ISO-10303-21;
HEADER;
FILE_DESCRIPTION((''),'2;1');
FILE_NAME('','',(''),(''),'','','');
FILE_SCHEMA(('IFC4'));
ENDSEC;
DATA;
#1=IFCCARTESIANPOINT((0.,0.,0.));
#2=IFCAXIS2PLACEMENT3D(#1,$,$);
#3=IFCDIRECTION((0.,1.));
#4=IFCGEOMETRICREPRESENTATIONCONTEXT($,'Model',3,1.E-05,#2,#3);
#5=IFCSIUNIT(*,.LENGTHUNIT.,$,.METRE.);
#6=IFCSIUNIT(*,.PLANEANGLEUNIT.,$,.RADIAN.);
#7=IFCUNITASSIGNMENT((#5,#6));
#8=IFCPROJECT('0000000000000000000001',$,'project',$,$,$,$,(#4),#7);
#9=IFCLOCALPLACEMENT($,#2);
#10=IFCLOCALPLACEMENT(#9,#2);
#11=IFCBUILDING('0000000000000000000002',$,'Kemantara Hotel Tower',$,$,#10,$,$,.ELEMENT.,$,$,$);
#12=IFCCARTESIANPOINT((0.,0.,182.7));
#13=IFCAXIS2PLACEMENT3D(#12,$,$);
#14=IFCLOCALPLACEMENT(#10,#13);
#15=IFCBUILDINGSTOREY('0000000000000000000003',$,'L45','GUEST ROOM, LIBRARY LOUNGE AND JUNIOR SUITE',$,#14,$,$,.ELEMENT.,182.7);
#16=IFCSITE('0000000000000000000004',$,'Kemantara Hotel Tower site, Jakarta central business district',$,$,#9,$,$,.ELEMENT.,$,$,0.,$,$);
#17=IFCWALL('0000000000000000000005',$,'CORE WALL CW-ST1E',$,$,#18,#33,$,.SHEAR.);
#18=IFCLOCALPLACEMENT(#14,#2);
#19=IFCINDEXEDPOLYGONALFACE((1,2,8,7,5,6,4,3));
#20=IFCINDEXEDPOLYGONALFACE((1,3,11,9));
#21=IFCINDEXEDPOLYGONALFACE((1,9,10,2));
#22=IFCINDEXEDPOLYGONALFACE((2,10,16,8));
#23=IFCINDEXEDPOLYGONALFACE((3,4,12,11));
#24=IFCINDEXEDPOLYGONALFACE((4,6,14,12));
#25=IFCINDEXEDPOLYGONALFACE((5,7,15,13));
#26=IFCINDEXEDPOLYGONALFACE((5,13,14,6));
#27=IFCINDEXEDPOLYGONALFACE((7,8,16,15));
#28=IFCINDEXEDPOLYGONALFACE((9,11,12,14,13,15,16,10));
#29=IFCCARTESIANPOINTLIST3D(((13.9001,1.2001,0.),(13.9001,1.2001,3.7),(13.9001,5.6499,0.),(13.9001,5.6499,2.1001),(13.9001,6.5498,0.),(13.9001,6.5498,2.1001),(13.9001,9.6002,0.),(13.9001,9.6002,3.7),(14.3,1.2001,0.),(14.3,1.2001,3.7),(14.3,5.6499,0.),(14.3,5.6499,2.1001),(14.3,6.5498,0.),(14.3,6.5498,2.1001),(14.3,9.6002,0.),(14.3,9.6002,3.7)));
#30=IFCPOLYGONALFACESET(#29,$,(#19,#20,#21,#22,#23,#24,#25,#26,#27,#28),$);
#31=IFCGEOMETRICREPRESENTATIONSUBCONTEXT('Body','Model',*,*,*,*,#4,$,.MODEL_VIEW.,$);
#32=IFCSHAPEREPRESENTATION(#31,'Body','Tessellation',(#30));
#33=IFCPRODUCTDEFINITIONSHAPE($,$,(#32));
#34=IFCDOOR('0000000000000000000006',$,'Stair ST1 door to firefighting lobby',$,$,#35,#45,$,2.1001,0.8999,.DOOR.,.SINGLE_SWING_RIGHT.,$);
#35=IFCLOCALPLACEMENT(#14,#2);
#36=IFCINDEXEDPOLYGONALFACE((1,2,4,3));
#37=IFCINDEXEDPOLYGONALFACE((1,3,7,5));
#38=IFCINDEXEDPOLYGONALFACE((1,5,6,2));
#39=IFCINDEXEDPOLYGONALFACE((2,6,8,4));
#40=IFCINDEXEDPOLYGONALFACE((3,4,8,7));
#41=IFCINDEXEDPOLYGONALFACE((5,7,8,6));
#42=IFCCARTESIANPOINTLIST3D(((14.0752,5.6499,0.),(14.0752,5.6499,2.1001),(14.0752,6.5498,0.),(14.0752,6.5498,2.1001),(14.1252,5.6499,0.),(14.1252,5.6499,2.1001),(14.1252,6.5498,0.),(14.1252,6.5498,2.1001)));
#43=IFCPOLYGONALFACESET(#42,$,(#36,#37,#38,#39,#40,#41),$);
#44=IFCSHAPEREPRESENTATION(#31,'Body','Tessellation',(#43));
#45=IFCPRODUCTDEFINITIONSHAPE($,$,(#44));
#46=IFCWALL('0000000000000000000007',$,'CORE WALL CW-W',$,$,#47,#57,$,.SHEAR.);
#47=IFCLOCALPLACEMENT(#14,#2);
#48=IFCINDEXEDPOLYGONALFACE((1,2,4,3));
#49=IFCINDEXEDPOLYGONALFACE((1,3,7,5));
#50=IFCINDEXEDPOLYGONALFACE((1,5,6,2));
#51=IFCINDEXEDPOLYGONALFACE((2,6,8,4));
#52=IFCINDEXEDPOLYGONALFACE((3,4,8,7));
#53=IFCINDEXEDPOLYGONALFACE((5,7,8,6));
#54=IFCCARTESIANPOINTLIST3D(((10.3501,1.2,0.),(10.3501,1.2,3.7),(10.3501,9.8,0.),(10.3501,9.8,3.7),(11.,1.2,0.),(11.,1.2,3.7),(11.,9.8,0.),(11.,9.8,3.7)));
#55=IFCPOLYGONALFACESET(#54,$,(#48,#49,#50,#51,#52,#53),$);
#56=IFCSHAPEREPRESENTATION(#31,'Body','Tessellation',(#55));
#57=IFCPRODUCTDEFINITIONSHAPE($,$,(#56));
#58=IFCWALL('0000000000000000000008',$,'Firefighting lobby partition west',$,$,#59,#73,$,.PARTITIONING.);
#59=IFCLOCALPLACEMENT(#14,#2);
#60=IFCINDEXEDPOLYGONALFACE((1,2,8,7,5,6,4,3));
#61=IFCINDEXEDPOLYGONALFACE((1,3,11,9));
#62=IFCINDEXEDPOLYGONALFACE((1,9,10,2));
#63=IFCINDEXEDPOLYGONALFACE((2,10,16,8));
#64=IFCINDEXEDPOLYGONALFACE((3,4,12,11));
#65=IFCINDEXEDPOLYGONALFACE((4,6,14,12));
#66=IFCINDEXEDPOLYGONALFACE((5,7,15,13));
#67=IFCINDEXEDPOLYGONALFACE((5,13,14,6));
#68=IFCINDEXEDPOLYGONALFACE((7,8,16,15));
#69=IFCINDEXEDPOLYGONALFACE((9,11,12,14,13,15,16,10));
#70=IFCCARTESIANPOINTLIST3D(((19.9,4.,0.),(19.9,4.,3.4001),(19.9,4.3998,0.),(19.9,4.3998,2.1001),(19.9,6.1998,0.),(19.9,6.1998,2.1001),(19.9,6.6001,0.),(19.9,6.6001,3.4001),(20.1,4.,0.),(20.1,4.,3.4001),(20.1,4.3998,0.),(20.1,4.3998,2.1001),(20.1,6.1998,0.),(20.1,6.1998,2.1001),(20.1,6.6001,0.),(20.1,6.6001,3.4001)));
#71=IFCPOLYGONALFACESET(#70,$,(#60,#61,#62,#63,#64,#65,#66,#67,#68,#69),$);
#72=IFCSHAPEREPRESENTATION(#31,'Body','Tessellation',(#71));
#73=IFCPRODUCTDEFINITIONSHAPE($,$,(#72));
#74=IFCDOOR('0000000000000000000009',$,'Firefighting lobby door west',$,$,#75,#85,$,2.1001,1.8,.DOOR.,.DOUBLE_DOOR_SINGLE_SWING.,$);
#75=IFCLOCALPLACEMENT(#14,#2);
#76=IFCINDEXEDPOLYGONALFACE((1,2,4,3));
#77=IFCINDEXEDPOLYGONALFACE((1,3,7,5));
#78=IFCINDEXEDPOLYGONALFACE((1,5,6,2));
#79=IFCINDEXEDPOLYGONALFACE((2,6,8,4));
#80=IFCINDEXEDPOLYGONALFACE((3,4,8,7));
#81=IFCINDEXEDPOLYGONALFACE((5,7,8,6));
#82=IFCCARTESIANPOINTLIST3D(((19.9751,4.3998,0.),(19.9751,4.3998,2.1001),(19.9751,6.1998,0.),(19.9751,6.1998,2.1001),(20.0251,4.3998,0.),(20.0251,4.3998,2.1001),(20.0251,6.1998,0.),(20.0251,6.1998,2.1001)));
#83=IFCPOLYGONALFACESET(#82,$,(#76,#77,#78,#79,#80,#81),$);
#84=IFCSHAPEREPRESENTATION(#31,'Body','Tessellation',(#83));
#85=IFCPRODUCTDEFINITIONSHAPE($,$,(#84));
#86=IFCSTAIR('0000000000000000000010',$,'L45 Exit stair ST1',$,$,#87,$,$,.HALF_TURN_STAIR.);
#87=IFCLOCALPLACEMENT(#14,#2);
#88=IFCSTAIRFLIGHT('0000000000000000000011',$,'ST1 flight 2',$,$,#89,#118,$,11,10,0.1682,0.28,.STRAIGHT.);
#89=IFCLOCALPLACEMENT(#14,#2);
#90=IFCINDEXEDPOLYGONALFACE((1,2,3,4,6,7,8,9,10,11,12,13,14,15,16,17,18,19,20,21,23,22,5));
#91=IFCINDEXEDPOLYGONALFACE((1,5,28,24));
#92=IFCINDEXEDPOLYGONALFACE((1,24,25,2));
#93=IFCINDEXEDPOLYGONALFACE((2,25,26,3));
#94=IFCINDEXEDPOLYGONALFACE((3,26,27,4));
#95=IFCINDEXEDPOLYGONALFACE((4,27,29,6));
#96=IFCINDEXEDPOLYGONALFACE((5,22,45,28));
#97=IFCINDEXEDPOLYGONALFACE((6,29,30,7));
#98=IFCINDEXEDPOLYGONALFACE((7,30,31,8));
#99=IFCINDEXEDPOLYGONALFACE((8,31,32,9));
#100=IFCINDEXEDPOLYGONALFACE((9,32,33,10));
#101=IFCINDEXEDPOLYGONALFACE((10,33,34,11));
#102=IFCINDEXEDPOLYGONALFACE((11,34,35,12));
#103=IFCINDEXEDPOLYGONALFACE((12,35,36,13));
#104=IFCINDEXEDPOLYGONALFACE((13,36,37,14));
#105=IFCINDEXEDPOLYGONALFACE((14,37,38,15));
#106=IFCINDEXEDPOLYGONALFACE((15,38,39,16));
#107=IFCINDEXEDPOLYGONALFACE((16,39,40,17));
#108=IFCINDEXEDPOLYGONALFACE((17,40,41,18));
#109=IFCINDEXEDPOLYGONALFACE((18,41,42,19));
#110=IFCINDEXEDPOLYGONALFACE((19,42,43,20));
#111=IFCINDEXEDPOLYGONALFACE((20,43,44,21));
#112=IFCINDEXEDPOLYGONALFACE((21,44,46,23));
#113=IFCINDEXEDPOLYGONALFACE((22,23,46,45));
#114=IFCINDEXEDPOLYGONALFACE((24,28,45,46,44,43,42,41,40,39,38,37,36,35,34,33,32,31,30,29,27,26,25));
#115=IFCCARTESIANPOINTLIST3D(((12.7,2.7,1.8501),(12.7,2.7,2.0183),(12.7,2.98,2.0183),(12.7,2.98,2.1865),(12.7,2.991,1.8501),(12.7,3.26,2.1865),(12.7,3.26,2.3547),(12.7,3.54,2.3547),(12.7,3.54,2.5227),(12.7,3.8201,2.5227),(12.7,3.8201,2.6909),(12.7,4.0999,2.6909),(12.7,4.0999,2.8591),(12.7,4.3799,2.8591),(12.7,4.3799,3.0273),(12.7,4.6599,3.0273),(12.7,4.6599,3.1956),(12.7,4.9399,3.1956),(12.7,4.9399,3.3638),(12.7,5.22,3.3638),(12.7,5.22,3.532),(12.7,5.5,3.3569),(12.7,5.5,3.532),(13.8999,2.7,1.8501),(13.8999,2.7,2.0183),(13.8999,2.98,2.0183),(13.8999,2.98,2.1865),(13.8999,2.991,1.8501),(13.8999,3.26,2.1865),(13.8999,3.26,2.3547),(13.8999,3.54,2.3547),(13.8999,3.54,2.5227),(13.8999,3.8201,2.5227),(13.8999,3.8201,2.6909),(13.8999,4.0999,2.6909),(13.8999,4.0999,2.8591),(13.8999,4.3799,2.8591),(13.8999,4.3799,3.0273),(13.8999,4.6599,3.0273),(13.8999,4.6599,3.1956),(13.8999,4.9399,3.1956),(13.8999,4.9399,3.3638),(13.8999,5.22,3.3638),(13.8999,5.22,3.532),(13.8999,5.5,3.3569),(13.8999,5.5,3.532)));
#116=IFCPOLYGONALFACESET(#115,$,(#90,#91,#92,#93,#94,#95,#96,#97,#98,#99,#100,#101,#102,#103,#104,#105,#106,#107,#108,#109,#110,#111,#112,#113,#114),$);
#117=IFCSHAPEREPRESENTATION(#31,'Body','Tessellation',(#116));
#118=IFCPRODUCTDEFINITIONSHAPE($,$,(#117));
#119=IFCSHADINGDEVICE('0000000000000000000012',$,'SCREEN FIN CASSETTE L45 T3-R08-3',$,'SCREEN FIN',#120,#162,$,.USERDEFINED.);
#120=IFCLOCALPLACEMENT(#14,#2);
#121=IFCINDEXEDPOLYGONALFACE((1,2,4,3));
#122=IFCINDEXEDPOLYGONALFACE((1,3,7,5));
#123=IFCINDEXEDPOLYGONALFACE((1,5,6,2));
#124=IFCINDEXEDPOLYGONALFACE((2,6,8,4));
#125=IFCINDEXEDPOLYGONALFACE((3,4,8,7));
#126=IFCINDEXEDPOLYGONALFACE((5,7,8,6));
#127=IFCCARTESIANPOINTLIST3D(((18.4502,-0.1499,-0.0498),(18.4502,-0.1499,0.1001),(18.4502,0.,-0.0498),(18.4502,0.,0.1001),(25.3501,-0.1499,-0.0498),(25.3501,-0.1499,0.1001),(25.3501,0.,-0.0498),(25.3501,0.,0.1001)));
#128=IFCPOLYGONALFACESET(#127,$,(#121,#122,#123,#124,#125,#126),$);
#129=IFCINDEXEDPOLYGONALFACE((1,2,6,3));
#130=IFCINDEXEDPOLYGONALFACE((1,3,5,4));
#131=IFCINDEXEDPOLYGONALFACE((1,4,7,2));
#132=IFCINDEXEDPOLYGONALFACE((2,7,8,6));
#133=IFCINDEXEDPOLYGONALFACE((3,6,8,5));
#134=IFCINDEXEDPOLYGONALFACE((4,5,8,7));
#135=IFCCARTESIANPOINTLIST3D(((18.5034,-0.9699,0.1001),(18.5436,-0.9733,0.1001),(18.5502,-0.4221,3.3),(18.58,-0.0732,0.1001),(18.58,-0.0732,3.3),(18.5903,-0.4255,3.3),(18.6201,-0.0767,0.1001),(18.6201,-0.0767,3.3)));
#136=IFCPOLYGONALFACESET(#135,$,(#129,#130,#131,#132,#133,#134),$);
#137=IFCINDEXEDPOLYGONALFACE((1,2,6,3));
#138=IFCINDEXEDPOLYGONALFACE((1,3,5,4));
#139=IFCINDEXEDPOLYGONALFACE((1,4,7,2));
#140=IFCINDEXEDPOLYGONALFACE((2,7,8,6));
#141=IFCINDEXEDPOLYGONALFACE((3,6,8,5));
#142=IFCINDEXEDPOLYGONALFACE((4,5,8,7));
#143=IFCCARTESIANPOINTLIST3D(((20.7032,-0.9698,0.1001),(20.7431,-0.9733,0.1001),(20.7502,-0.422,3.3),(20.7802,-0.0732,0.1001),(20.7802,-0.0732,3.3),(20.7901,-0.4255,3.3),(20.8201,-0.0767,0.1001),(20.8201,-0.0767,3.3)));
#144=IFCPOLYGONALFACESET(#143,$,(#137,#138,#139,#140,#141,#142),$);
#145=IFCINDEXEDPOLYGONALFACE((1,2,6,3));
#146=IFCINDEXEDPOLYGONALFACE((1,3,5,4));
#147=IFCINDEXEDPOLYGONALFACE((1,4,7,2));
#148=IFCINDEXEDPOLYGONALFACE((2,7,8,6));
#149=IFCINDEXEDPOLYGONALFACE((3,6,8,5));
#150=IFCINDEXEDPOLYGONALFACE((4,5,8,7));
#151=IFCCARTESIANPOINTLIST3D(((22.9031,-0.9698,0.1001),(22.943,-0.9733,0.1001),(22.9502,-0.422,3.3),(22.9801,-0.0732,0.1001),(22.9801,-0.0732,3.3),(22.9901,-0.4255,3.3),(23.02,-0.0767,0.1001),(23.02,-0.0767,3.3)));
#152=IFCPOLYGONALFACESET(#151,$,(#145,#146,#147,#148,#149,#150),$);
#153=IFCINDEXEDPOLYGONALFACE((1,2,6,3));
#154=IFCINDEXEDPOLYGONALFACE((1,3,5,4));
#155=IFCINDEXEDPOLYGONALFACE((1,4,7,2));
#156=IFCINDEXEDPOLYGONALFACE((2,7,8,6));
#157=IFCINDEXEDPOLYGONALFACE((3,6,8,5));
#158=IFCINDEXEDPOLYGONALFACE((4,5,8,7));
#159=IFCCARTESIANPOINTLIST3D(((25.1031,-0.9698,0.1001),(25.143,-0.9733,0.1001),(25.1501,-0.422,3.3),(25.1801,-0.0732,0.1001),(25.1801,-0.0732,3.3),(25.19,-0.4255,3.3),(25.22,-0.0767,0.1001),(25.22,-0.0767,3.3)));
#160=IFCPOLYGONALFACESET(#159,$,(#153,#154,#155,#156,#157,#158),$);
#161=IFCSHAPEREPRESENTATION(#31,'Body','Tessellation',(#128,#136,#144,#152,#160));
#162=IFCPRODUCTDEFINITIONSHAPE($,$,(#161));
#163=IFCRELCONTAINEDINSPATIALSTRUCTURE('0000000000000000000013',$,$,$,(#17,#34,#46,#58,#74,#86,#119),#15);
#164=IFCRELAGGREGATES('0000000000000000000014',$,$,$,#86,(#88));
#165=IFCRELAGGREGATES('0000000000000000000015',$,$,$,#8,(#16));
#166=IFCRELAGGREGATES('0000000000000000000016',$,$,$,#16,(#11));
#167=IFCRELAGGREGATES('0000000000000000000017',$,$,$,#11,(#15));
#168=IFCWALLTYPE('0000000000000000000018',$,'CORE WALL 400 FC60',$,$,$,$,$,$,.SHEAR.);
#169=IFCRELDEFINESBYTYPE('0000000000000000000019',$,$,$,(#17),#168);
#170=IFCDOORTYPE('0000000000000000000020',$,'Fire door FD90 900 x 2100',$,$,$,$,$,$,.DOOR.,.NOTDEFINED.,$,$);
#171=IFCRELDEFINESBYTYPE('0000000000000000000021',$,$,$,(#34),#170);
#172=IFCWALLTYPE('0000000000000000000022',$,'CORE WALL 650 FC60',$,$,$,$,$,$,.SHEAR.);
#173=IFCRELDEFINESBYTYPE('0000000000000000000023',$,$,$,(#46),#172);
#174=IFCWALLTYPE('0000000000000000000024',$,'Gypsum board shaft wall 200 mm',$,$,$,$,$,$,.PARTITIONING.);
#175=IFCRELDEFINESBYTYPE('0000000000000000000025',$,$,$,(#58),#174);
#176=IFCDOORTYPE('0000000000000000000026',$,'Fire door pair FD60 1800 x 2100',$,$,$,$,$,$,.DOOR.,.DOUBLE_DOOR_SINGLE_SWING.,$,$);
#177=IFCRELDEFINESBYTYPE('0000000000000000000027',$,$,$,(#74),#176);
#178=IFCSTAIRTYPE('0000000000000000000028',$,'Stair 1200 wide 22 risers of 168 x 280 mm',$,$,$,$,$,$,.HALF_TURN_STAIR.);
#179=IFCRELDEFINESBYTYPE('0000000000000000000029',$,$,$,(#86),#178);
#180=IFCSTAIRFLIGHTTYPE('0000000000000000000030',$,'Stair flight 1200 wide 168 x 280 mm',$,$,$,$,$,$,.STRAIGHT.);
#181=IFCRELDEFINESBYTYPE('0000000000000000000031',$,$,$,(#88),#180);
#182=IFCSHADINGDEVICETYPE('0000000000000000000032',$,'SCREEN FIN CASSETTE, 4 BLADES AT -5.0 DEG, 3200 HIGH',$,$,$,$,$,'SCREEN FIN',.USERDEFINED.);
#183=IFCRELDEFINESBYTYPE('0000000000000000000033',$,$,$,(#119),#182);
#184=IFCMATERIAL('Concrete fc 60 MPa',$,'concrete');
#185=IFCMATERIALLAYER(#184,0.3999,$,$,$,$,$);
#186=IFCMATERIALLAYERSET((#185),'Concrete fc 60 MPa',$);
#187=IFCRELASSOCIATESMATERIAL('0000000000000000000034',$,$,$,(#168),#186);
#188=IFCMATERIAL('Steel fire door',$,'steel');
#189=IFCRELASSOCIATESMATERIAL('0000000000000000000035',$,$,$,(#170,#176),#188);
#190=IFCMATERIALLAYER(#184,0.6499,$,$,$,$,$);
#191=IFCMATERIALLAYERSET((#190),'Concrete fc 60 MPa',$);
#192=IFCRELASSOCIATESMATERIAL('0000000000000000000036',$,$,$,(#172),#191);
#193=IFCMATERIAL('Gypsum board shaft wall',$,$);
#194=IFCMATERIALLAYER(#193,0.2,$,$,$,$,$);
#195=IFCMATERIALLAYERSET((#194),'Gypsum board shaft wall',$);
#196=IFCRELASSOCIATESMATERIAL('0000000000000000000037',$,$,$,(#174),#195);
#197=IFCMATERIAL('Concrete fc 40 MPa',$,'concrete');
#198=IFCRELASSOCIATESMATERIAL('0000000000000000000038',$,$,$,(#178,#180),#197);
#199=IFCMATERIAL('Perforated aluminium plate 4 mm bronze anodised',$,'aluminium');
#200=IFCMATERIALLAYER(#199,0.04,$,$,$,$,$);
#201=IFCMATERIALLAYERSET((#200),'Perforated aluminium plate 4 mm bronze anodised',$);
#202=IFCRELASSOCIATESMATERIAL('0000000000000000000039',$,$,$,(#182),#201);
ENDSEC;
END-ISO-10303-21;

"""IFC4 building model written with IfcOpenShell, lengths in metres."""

from ifc_helpers import new_model, si_unit, direction, frame, frame_2d, origin, origin_2d, place, context, subcontext, project, spatial, polyline, rectangle, outline, extrude, source, transform, mapped, material, layer, layer_set, type_object, element, fill, aggregate, save


model = new_model("IFC4")

# Units and contexts
model_context = context("Model", 3, precision=1e-05, world=origin(), true_north=direction((0.0, 1.0)))
body_context = subcontext(model_context, "Body", "Model", "MODEL_VIEW")
ifc_project = project(units=[si_unit("LENGTHUNIT", "METRE"), si_unit("PLANEANGLEUNIT", "RADIAN")], contexts=[model_context])

# Site, building, storey
site_placement = place(None, origin())
site = spatial("IfcSite", under=ifc_project, at=site_placement, Name="Kemantara Hotel Tower site, Jakarta central business district", CompositionType="ELEMENT", RefElevation=0.0)
building_placement = place(site_placement, origin())
building = spatial("IfcBuilding", under=site, at=building_placement, Name="Kemantara Hotel Tower", CompositionType="ELEMENT")
storey_placement = place(building_placement, frame((0.0, 0.0, 182.7)))
storey = spatial("IfcBuildingStorey", under=building, at=storey_placement, Name="L45", Description="GUEST ROOM, LIBRARY LOUNGE AND JUNIOR SUITE", CompositionType="ELEMENT", Elevation=182.7)

# Shared definitions
ifc_material_1 = material(Name="Concrete fc 60 MPa", Category="concrete")

# Shared definitions
ifc_layer_1 = layer(ifc_material_1, 0.3999)
ifc_layer_set_1 = layer_set([ifc_layer_1], Name="Concrete fc 60 MPa")
wall_type_1 = type_object("IfcWallType", Name="CORE WALL 400 FC60", PredefinedType="SHEAR", material=ifc_layer_set_1)
ifc_material_2 = material(Name="Steel fire door", Category="steel")

# Wall, opening, door
wall_1_placement = place(storey_placement, frame((14.1001, 1.2, 0.0), z_axis=(0.0, 0.0, 1.0), x_axis=(0.0, 1.0, 0.0)))
wall_1 = element("IfcWall", 1, at=wall_1_placement, inside=storey, type_object=wall_type_1, Name="CORE WALL CW-ST1E", PredefinedType="SHEAR", context=body_context, shape_type="SweptSolid", body=[
    extrude(rectangle(XDim=8.4001, YDim=0.3999, at=frame_2d((4.2002, 0.0))), origin(), (0.0, 0.0, 1.0), 3.7),
])
opening_1_placement = place(wall_1_placement, frame((4.45, 0.0, 0.0)))
opening_1 = element("IfcOpeningElement", 2, at=opening_1_placement, cuts=wall_1, PredefinedType="OPENING", context=body_context, shape_type="SweptSolid", body=[
    extrude(rectangle(XDim=0.8999, YDim=2.1001, at=frame_2d((0.45, 1.05))), frame((0.0, 0.21, 0.0), z_axis=(0.0, -1.0, 0.0), x_axis=(1.0, 0.0, 0.0)), (0.0, 0.0, 1.0), 0.4199),
])
door_type_1 = type_object("IfcDoorType", Name="Fire door FD90 900 x 2100", OperationType="NOTDEFINED", PredefinedType="DOOR", material=ifc_material_2)
door_1_placement = place(opening_1_placement, origin())
door_1 = element("IfcDoor", 3, at=door_1_placement, inside=storey, type_object=door_type_1, Name="Stair ST1 door to firefighting lobby", OperationType="SINGLE_SWING_RIGHT", OverallHeight=2.1001, OverallWidth=0.8999, PredefinedType="DOOR", context=body_context, shape_type="SweptSolid", body=[
    extrude(rectangle(XDim=0.8999, YDim=2.1001, at=frame_2d((0.45, 1.05))), frame((0.0, 0.0249, 0.0), z_axis=(0.0, -1.0, 0.0), x_axis=(1.0, 0.0, 0.0)), (0.0, 0.0, 1.0), 0.05),
])
fill(opening_1, door_1)

# Wall
ifc_layer_2 = layer(ifc_material_1, 0.6499)
ifc_layer_set_2 = layer_set([ifc_layer_2], Name="Concrete fc 60 MPa")
wall_type_2 = type_object("IfcWallType", Name="CORE WALL 650 FC60", PredefinedType="SHEAR", material=ifc_layer_set_2)
wall_2_placement = place(storey_placement, frame((10.675, 1.2, 0.0), z_axis=(0.0, 0.0, 1.0), x_axis=(0.0, 1.0, 0.0)))
element("IfcWall", 4, at=wall_2_placement, inside=storey, type_object=wall_type_2, Name="CORE WALL CW-W", PredefinedType="SHEAR", context=body_context, shape_type="SweptSolid", body=[
    extrude(rectangle(XDim=8.6001, YDim=0.6499, at=frame_2d((4.3, 0.0))), origin(), (0.0, 0.0, 1.0), 3.7),
])

# Wall, opening, door
ifc_material_3 = material(Name="Gypsum board shaft wall")
ifc_layer_3 = layer(ifc_material_3, 0.2)
ifc_layer_set_3 = layer_set([ifc_layer_3], Name="Gypsum board shaft wall")
wall_type_3 = type_object("IfcWallType", Name="Gypsum board shaft wall 200 mm", PredefinedType="PARTITIONING", material=ifc_layer_set_3)
wall_3_placement = place(storey_placement, frame((20.0, 4.0, 0.0), z_axis=(0.0, 0.0, 1.0), x_axis=(0.0, 1.0, 0.0)))
wall_3 = element("IfcWall", 5, at=wall_3_placement, inside=storey, type_object=wall_type_3, Name="Firefighting lobby partition west", PredefinedType="PARTITIONING", context=body_context, shape_type="SweptSolid", body=[
    extrude(rectangle(XDim=2.6001, YDim=0.2, at=frame_2d((1.3, 0.0))), origin(), (0.0, 0.0, 1.0), 3.4001),
])
opening_2_placement = place(wall_3_placement, frame((0.3999, 0.0, 0.0)))
opening_2 = element("IfcOpeningElement", 6, at=opening_2_placement, cuts=wall_3, PredefinedType="OPENING", context=body_context, shape_type="SweptSolid", body=[
    extrude(rectangle(XDim=1.8, YDim=2.1001, at=frame_2d((0.8999, 1.05))), frame((0.0, 0.1099, 0.0), z_axis=(0.0, -1.0, 0.0), x_axis=(1.0, 0.0, 0.0)), (0.0, 0.0, 1.0), 0.22),
])
door_type_2 = type_object("IfcDoorType", Name="Fire door pair FD60 1800 x 2100", OperationType="DOUBLE_DOOR_SINGLE_SWING", PredefinedType="DOOR", material=ifc_material_2)
door_2_placement = place(opening_2_placement, origin())
door_2 = element("IfcDoor", 7, at=door_2_placement, inside=storey, type_object=door_type_2, Name="Firefighting lobby door west", OperationType="DOUBLE_DOOR_SINGLE_SWING", OverallHeight=2.1001, OverallWidth=1.8, PredefinedType="DOOR", context=body_context, shape_type="SweptSolid", body=[
    extrude(rectangle(XDim=1.8, YDim=2.1001, at=frame_2d((0.8999, 1.05))), frame((0.0, 0.0249, 0.0), z_axis=(0.0, -1.0, 0.0), x_axis=(1.0, 0.0, 0.0)), (0.0, 0.0, 1.0), 0.05),
])
fill(opening_2, door_2)

# Stair, stair flight
ifc_material_4 = material(Name="Concrete fc 40 MPa", Category="concrete")
stair_type = type_object("IfcStairType", Name="Stair 1200 wide 22 risers of 168 x 280 mm", PredefinedType="HALF_TURN_STAIR", material=ifc_material_4)
stair_placement = place(storey_placement, origin())
stair = element("IfcStair", 8, at=stair_placement, inside=storey, type_object=stair_type, Name="L45 Exit stair ST1", PredefinedType="HALF_TURN_STAIR")
stair_flight_type = type_object("IfcStairFlightType", Name="Stair flight 1200 wide 168 x 280 mm", PredefinedType="STRAIGHT", material=ifc_material_4)
stair_flight_placement = place(storey_placement, frame((13.3, 2.7, 1.8501), z_axis=(0.0, 0.0, 1.0), x_axis=(0.0, 1.0, 0.0)))
stair_flight = element("IfcStairFlight", 9, at=stair_flight_placement, type_object=stair_flight_type, Name="ST1 flight 2", NumberOfRisers=11, NumberOfTreads=10, PredefinedType="STRAIGHT", RiserHeight=0.1682, TreadLength=0.28, context=body_context, shape_type="SweptSolid", body=[
    extrude(outline(polyline([(0.0, 0.0), (0.0, 0.1682), (0.28, 0.1682), (0.28, 0.3364), (0.5601, 0.3364), (0.5601, 0.5046), (0.8401, 0.5046), (0.8401, 0.6726), (1.1201, 0.6726), (1.1201, 0.8408), (1.3999, 0.8408), (1.3999, 1.009), (1.6799, 1.009), (1.6799, 1.1772), (1.96, 1.1772), (1.96, 1.3455), (2.24, 1.3455), (2.24, 1.5137), (2.52, 1.5137), (2.52, 1.6819), (2.8, 1.6819), (2.8, 1.8501), (2.8, 1.5068), (0.291, 0.0), (0.0, 0.0)])), frame((0.0, 0.6001, 0.0), z_axis=(0.0, -1.0, 0.0), x_axis=(1.0, 0.0, 0.0)), (0.0, 0.0, 1.0), 1.2),
])
aggregate(stair, [stair_flight])

# Shading device
ifc_material_5 = material(Name="Perforated aluminium plate 4 mm bronze anodised", Category="aluminium")
ifc_layer_4 = layer(ifc_material_5, 0.04)
ifc_layer_set_4 = layer_set([ifc_layer_4], Name="Perforated aluminium plate 4 mm bronze anodised")
shading_device_type = type_object("IfcShadingDeviceType", Name="SCREEN FIN CASSETTE, 4 BLADES AT -5.0 DEG, 3200 HIGH", ElementType="SCREEN FIN", PredefinedType="USERDEFINED", material=ifc_layer_set_4)
shared_shape = source(origin(), body_context, "Body", "SweptSolid", [
    extrude(rectangle(XDim=6.8999, YDim=0.1499, at=origin_2d()), frame((3.3, -0.075, -0.1499), z_axis=(0.0, 0.0, 1.0), x_axis=(1.0, 0.0, 0.0)), (0.0, 0.0, 1.0), 0.1499),
    extrude(outline(polyline([(0.0, 0.0), (0.8999, 0.0), (0.3501, 3.2), (0.0, 3.2), (0.0, 0.0)])), frame((0.02, -0.0767, 0.0), z_axis=(-0.996376, 0.085056, 0.0), x_axis=(-0.085056, -0.996376, 0.0)), (0.0, 0.0, 1.0), 0.0403),
    extrude(outline(polyline([(0.0, 0.0), (0.8999, 0.0), (0.3501, 3.2), (0.0, 3.2), (0.0, 0.0)])), frame((2.22, -0.0767, 0.0), z_axis=(-0.996332, 0.085575, 0.0), x_axis=(-0.085575, -0.996332, 0.0)), (0.0, 0.0, 1.0), 0.04),
    extrude(outline(polyline([(0.0, 0.0), (0.8999, 0.0), (0.3501, 3.2), (0.0, 3.2), (0.0, 0.0)])), frame((4.4199, -0.0767, 0.0), z_axis=(-0.996332, 0.085575, 0.0), x_axis=(-0.085575, -0.996332, 0.0)), (0.0, 0.0, 1.0), 0.04),
    extrude(outline(polyline([(0.0, 0.0), (0.8999, 0.0), (0.3501, 3.2), (0.0, 3.2), (0.0, 0.0)])), frame((6.6199, -0.0767, 0.0), z_axis=(-0.996332, 0.085575, 0.0), x_axis=(-0.085575, -0.996332, 0.0)), (0.0, 0.0, 1.0), 0.04),
])
shading_device_placement = place(storey_placement, frame((18.6001, 0.0, 0.1001), z_axis=(0.0, 0.0, 1.0), x_axis=(1.0, 0.0, 0.0)))
element("IfcShadingDevice", 10, at=shading_device_placement, inside=storey, type_object=shading_device_type, Name="SCREEN FIN CASSETTE L45 T3-R08-3", ObjectType="SCREEN FIN", PredefinedType="USERDEFINED", context=body_context, shape_type="MappedRepresentation", body=[
    mapped(shared_shape, transform((0.0, 0.0, 0.0))),
])

save(model, "model.ifc")
